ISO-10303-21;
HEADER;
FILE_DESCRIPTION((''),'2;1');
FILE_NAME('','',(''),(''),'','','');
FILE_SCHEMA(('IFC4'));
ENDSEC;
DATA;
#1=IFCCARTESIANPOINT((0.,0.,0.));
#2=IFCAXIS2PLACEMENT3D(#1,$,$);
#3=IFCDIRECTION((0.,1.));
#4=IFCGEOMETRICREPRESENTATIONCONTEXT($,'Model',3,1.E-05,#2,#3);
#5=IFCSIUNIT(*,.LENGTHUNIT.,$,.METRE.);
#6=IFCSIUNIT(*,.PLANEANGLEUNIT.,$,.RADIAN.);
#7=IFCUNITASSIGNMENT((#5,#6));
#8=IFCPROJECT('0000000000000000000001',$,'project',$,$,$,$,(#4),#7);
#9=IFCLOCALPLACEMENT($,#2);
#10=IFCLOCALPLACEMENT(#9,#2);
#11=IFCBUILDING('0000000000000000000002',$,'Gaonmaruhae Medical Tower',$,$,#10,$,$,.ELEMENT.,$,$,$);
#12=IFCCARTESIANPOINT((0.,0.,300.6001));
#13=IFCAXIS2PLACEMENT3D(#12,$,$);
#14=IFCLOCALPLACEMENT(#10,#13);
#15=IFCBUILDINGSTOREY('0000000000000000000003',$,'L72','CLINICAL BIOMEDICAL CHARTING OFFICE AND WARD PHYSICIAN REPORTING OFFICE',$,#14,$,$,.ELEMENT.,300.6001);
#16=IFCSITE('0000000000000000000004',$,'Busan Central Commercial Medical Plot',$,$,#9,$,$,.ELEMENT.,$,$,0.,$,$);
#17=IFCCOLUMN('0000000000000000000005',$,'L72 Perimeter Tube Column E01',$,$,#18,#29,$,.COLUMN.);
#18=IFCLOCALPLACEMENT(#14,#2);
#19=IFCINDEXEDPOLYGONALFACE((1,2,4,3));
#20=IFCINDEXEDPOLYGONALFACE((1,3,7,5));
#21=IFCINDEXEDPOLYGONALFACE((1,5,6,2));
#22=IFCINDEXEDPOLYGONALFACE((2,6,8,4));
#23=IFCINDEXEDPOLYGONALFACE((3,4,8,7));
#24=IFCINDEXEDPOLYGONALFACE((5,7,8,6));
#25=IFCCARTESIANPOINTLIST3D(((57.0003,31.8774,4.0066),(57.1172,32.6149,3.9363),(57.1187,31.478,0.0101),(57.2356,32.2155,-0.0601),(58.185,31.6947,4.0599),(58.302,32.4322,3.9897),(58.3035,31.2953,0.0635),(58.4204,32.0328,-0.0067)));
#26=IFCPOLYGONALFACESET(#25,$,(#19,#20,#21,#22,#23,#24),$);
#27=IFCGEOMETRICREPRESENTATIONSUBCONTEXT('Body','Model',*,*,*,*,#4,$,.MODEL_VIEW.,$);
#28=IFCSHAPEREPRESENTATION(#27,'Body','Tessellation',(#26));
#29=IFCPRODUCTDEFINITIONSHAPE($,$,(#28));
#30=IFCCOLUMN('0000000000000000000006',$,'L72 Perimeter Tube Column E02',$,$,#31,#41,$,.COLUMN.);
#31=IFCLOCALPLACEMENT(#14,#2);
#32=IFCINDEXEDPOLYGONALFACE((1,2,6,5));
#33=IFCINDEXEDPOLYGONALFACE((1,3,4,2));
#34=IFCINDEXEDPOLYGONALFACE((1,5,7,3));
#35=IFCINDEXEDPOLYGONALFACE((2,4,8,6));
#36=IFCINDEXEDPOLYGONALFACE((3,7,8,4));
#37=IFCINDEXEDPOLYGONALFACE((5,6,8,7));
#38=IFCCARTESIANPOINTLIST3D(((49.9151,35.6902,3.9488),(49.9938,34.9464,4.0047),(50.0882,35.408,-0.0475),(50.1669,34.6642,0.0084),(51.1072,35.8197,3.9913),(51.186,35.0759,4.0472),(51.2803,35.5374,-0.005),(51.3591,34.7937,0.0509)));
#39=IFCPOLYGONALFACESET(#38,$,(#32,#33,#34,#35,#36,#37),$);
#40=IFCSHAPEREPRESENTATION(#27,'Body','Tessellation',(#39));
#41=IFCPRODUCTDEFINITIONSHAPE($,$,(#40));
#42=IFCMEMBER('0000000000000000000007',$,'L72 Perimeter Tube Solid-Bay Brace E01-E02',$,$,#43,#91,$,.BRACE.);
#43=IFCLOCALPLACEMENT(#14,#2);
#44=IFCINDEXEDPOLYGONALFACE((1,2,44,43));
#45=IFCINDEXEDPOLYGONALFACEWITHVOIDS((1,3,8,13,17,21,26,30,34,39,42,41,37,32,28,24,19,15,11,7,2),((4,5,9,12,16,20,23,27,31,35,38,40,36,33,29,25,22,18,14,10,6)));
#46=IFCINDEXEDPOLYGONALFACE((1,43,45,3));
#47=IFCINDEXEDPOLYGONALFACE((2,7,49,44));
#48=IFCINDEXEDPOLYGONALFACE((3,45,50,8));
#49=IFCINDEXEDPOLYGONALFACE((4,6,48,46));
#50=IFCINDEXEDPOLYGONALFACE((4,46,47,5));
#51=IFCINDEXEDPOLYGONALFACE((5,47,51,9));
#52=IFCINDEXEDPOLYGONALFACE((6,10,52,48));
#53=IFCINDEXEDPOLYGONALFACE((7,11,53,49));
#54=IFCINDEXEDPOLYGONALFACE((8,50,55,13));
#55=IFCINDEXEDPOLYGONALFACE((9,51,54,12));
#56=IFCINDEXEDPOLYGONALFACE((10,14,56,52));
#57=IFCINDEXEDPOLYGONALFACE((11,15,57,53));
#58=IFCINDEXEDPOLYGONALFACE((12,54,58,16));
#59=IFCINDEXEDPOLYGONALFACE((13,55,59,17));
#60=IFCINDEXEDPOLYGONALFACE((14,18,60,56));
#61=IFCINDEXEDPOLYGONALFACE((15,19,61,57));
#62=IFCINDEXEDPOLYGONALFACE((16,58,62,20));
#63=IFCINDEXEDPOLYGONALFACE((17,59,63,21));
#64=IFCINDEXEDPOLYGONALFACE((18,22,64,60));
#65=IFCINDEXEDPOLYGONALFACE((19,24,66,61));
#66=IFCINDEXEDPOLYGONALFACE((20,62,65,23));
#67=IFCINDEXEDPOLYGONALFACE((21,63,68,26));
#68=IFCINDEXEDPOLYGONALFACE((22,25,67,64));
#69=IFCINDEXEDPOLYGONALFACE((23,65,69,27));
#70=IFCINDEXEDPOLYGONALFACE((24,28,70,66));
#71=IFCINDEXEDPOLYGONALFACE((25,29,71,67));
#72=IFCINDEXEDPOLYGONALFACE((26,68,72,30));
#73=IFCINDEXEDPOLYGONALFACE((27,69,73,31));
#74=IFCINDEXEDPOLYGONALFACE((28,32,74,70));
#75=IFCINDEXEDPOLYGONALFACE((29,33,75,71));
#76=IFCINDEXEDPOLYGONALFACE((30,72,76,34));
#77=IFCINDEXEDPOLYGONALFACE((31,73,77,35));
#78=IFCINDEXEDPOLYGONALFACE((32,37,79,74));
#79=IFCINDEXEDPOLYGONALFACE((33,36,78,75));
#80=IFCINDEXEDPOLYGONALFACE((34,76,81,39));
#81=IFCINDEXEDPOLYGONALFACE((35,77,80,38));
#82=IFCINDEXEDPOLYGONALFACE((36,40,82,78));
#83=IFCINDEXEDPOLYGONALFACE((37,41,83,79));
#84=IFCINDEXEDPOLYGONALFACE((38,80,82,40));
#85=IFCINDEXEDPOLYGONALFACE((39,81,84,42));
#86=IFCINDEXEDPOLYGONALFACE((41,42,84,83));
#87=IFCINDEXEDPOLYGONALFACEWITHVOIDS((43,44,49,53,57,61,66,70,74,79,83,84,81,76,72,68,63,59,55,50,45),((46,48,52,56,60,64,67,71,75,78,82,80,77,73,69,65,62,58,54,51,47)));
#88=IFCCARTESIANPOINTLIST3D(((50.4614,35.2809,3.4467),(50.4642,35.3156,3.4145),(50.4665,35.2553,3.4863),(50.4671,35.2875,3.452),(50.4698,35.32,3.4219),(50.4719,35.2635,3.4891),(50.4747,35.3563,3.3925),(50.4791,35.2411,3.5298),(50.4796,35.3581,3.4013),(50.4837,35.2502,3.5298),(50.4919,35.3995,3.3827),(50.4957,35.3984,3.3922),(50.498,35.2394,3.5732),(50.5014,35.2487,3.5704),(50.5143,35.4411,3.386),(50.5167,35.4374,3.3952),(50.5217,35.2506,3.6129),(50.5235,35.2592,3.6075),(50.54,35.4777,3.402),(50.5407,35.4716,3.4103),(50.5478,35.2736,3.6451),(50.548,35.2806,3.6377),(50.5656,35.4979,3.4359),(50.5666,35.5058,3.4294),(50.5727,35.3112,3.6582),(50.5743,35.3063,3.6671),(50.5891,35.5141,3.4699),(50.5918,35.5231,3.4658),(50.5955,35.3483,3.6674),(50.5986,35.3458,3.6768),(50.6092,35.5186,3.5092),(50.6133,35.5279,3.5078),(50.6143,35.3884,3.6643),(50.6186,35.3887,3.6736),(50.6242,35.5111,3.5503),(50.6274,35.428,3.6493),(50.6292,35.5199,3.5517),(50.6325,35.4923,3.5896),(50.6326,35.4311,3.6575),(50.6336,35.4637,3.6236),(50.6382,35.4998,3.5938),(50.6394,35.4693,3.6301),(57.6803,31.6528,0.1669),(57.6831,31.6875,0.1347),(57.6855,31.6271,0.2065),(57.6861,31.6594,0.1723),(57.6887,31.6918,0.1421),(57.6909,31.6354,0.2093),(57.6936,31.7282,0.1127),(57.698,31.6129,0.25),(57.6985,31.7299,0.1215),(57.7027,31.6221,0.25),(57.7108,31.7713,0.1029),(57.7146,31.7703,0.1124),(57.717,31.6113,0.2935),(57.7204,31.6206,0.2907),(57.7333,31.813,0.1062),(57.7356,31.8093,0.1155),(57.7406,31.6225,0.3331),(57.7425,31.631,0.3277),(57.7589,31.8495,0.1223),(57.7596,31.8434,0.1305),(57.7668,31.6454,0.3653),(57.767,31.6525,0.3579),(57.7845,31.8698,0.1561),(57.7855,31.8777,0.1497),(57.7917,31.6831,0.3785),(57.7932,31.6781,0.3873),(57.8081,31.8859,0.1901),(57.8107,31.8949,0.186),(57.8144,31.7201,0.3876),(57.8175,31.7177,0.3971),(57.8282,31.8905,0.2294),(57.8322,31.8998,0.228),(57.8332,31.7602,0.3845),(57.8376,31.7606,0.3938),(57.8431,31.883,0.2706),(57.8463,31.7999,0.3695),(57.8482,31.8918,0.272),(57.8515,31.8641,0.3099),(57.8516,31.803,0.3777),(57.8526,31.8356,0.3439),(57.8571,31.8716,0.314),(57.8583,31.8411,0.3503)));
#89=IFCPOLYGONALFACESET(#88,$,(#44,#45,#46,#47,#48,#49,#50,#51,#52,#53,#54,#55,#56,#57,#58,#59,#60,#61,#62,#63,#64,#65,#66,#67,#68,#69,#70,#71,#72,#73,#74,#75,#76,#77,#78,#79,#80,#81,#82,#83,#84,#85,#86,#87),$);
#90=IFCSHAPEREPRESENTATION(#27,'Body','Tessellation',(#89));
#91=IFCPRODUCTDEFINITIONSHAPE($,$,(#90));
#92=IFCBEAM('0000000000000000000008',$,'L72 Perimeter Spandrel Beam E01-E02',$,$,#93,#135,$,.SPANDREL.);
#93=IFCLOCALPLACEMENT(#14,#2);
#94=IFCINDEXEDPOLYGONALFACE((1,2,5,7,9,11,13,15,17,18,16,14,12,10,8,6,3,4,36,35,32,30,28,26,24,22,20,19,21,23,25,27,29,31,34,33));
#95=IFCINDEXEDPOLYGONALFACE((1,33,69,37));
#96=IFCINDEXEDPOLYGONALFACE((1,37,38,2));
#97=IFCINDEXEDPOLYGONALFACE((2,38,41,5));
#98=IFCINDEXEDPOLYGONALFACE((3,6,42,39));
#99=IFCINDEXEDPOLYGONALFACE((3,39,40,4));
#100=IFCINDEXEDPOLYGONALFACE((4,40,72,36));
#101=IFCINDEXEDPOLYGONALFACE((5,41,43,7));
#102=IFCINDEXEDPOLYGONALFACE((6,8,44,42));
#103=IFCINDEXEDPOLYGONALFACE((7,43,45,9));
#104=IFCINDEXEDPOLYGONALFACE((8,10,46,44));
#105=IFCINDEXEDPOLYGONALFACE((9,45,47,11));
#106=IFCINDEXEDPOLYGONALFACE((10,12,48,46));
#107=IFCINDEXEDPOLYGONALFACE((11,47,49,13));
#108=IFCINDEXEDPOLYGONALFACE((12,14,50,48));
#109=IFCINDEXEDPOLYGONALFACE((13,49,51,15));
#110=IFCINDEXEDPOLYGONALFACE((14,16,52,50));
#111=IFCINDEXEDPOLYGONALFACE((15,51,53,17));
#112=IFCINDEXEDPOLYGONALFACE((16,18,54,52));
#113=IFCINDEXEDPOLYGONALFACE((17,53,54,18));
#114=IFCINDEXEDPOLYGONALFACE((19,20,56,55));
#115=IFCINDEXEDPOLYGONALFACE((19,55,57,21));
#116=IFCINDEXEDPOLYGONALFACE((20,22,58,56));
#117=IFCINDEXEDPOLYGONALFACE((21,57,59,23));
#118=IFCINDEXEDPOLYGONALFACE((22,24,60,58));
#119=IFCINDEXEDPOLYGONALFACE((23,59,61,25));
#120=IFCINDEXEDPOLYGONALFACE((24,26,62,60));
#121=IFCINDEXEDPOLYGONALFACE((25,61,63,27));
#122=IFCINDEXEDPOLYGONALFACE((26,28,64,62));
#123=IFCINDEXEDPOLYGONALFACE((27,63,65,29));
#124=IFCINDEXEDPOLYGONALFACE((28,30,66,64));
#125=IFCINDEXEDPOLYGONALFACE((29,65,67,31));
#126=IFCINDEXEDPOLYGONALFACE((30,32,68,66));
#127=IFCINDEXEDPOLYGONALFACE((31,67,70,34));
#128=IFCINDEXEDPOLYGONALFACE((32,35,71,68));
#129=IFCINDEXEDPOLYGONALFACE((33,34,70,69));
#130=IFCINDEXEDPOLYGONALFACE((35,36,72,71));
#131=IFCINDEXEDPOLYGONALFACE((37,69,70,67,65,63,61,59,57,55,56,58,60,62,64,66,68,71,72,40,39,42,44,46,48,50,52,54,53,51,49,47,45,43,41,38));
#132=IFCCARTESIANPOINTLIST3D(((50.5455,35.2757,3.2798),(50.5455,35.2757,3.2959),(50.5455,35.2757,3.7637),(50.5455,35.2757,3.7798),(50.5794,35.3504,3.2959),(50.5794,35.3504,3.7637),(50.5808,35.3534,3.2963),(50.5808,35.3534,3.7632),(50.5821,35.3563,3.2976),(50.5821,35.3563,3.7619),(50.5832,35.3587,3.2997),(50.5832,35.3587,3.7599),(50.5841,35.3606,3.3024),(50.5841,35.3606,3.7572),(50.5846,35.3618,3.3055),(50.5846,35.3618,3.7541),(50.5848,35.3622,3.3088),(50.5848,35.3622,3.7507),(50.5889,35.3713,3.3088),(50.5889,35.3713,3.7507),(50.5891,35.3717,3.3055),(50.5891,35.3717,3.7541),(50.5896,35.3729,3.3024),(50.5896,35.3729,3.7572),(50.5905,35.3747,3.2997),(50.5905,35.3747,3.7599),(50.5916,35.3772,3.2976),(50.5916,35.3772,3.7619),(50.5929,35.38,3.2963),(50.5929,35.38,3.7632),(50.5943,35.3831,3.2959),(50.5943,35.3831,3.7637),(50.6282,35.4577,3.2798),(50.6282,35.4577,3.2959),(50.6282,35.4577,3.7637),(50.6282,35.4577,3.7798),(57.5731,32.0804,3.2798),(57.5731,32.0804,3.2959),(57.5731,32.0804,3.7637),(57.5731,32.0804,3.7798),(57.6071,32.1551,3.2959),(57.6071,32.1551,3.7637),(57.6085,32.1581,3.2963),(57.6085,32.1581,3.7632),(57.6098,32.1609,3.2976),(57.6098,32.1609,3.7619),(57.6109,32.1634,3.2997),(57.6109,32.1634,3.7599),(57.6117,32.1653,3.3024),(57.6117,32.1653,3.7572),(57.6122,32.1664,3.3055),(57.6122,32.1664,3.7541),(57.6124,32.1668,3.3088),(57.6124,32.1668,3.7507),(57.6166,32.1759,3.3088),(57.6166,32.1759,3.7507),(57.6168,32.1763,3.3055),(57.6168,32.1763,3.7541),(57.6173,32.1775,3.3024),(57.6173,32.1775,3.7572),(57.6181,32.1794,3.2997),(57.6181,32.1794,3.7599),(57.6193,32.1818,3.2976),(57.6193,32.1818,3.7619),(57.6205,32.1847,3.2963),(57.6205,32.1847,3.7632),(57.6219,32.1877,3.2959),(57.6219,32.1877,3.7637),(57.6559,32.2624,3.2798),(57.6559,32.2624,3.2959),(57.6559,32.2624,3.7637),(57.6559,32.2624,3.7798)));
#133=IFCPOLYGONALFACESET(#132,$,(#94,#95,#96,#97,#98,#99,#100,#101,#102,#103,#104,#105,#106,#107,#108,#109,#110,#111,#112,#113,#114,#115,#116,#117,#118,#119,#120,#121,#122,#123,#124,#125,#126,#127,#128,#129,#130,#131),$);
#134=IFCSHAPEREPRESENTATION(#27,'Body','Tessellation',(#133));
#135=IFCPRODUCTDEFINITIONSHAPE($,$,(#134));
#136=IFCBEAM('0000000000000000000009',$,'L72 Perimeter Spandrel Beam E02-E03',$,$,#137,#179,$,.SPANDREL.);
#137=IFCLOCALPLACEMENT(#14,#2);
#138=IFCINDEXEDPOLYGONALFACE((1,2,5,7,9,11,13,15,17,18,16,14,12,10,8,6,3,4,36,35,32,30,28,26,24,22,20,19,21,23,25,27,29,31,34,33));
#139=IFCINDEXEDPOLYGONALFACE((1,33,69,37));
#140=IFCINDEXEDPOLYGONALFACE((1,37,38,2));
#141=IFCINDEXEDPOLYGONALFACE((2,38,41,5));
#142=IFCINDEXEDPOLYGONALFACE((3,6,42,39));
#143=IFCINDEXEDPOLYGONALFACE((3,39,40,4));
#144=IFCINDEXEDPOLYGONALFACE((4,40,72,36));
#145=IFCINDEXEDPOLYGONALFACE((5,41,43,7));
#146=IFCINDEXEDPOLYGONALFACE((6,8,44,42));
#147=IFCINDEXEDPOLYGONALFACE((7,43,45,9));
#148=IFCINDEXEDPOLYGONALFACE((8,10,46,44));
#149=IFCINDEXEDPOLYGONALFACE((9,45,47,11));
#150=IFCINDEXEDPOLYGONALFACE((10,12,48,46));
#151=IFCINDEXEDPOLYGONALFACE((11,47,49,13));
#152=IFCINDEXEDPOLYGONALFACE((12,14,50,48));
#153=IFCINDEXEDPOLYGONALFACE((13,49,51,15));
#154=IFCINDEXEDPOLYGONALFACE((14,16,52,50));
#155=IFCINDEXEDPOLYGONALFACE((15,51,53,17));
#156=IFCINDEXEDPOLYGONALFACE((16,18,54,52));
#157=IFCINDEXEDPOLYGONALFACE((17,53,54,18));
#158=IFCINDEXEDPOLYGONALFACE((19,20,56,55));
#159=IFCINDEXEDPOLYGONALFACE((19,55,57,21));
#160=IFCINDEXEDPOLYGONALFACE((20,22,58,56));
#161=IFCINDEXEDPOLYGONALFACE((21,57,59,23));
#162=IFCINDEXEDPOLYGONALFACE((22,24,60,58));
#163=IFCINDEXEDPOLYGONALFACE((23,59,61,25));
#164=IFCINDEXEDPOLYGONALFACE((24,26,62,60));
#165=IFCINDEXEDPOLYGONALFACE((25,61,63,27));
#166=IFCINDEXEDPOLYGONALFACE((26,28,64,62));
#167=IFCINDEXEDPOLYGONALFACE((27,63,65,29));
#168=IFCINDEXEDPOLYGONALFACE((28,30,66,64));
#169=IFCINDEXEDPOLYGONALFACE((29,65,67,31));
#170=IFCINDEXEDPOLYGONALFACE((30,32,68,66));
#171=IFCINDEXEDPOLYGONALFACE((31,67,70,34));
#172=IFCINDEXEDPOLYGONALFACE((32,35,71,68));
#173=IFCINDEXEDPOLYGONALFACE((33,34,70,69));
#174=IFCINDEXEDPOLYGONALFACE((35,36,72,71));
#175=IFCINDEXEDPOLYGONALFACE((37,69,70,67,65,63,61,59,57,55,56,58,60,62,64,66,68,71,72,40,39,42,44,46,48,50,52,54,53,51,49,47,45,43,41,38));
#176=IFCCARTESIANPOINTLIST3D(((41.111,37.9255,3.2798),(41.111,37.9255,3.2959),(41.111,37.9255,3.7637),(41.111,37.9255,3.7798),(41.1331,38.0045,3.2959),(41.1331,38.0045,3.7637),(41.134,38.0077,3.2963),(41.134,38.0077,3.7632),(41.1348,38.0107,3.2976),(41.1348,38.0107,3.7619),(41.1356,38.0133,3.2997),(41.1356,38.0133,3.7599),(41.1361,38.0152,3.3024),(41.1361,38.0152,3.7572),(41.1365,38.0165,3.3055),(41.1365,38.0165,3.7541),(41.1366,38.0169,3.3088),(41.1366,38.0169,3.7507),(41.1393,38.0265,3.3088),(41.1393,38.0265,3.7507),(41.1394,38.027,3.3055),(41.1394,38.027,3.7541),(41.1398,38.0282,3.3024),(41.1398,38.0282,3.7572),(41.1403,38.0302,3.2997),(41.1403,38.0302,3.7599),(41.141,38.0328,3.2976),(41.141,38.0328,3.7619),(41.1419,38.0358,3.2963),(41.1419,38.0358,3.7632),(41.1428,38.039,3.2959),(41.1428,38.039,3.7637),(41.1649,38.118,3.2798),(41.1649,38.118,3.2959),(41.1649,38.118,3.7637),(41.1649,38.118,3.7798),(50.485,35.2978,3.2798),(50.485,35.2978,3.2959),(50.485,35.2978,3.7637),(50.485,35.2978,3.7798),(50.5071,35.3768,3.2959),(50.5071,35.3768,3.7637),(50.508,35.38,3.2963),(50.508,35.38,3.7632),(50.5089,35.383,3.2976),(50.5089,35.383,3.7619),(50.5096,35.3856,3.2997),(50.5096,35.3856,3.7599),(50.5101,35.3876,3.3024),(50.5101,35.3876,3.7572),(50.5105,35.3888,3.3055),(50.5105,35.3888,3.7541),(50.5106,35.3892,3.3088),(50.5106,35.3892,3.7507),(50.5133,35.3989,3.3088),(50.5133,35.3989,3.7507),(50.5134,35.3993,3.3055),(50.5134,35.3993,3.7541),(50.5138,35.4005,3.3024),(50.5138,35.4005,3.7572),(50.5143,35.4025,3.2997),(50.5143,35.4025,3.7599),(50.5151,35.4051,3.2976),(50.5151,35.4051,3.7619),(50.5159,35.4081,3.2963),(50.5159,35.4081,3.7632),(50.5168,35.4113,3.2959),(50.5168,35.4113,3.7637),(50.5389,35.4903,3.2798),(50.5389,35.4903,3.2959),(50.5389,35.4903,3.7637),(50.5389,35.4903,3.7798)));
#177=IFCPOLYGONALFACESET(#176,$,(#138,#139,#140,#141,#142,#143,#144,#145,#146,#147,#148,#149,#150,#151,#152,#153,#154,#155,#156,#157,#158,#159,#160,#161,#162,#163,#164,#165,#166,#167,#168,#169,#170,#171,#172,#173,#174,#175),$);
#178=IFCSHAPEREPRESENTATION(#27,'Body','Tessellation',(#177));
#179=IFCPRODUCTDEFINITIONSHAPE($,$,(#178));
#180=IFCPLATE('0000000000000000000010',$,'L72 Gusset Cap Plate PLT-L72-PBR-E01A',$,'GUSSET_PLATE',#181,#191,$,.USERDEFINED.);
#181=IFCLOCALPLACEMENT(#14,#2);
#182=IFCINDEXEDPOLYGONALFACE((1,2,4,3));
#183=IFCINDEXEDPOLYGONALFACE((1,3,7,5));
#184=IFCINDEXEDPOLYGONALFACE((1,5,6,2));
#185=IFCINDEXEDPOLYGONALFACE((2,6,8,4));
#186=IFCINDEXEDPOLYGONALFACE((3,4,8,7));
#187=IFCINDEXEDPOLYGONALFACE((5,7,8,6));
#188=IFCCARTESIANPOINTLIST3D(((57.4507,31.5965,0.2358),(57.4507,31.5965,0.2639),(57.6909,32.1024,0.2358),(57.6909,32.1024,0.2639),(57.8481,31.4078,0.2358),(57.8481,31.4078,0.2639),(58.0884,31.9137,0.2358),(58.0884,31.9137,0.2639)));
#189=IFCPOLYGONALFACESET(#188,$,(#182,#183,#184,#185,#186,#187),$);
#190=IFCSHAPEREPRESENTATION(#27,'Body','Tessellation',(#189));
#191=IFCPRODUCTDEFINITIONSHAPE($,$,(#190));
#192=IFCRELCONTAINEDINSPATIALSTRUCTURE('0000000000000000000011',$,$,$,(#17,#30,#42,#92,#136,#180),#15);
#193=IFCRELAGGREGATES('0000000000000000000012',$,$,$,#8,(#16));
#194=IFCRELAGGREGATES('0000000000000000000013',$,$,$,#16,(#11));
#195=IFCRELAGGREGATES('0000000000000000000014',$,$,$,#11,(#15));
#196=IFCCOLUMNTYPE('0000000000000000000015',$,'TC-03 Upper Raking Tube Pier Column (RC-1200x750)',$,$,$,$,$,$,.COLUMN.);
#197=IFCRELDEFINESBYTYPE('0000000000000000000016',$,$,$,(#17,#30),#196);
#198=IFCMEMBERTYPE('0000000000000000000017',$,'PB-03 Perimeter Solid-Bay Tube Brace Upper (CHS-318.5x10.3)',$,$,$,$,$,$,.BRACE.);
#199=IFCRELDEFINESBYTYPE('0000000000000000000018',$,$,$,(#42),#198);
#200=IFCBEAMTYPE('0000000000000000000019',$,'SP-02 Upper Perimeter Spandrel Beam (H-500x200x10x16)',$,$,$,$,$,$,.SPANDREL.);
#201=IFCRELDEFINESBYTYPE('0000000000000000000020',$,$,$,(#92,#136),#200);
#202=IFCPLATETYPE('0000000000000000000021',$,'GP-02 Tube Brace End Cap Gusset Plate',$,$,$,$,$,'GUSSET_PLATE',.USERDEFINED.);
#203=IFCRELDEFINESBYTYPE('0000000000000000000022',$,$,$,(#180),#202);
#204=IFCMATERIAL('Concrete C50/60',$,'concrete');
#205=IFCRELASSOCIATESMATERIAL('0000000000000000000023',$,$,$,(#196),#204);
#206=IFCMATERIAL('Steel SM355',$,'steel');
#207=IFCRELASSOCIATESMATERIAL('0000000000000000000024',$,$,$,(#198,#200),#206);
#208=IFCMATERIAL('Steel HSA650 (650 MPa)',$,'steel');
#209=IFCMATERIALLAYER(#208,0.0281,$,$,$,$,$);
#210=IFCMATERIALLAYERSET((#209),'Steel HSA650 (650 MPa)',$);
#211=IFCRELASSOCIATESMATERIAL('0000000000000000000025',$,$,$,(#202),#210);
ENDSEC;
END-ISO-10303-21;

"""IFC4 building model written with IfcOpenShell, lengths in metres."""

from ifc_helpers import new_model, si_unit, direction, frame, origin, origin_2d, place, context, subcontext, project, spatial, rectangle, hollow_circle, i_section, extrude, material, layer, layer_set, material_profile, profile_set, type_object, element, save


model = new_model("IFC4")

# Units and contexts
model_context = context("Model", 3, precision=1e-05, world=origin(), true_north=direction((0.0, 1.0)))
body_context = subcontext(model_context, "Body", "Model", "MODEL_VIEW")
ifc_project = project(units=[si_unit("LENGTHUNIT", "METRE"), si_unit("PLANEANGLEUNIT", "RADIAN")], contexts=[model_context])

# Site, building, storey
site_placement = place(None, origin())
site = spatial("IfcSite", under=ifc_project, at=site_placement, Name="Busan Central Commercial Medical Plot", CompositionType="ELEMENT", RefElevation=0.0)
building_placement = place(site_placement, origin())
building = spatial("IfcBuilding", under=site, at=building_placement, Name="Gaonmaruhae Medical Tower", CompositionType="ELEMENT")
storey_placement = place(building_placement, frame((0.0, 0.0, 300.6001)))
storey = spatial("IfcBuildingStorey", under=building, at=storey_placement, Name="L72", Description="CLINICAL BIOMEDICAL CHARTING OFFICE AND WARD PHYSICIAN REPORTING OFFICE", CompositionType="ELEMENT", Elevation=300.6001)

# Columns
ifc_material_1 = material(Name="Concrete C50/60", Category="concrete")
ifc_material_profile_1 = material_profile(ifc_material_1, rectangle(XDim=1.2, YDim=0.75, at=origin_2d()), Name="RC-1200x750")
ifc_profile_set_1 = profile_set([ifc_material_profile_1], Name="Concrete C50/60")
column_type = type_object("IfcColumnType", Name="TC-03 Upper Raking Tube Pier Column (RC-1200x750)", PredefinedType="COLUMN", material=ifc_profile_set_1)
column_1_placement = place(storey_placement, frame((57.7695, 31.7554, 0.0017), z_axis=(-0.029469, 0.099406, 0.99461), x_axis=(0.987337, -0.152275, 0.044473)))
element("IfcColumn", 1, at=column_1_placement, inside=storey, type_object=column_type, Name="L72 Perimeter Tube Column E01", PredefinedType="COLUMN", context=body_context, shape_type="SweptSolid", body=[
    extrude(rectangle(XDim=1.2, YDim=0.75, at=origin_2d()), origin(), (0.0, 0.0, 1.0), 4.0181),
])
column_2_placement = place(storey_placement, frame((50.7236, 35.1008, 0.0017), z_axis=(-0.043166, 0.07038, 0.996586), x_axis=(0.993532, 0.107889, 0.035414)))
element("IfcColumn", 2, at=column_2_placement, inside=storey, type_object=column_type, Name="L72 Perimeter Tube Column E02", PredefinedType="COLUMN", context=body_context, shape_type="SweptSolid", body=[
    extrude(rectangle(XDim=1.2, YDim=0.75, at=origin_2d()), origin(), (0.0, 0.0, 1.0), 4.01),
])

# Member
ifc_material_2 = material(Name="Steel SM355", Category="steel")
ifc_material_profile_2 = material_profile(ifc_material_2, hollow_circle(Radius=0.1592, WallThickness=0.0103, at=origin_2d()), Name="CHS-318.5x10.3")
ifc_profile_set_2 = profile_set([ifc_material_profile_2], Name="Steel SM355")
member_type = type_object("IfcMemberType", Name="PB-03 Perimeter Solid-Bay Tube Brace Upper (CHS-318.5x10.3)", PredefinedType="BRACE", material=ifc_profile_set_2)
member_placement = place(storey_placement, frame((57.7695, 31.7551, 0.25), z_axis=(-0.827887, 0.416086, 0.376132), x_axis=(-0.449062, -0.893501, 0.0)))
element("IfcMember", 3, at=member_placement, inside=storey, type_object=member_type, Name="L72 Perimeter Tube Solid-Bay Brace E01-E02", PredefinedType="BRACE", context=body_context, shape_type="SweptSolid", body=[
    extrude(hollow_circle(Radius=0.1592, WallThickness=0.0103, at=origin_2d()), origin(), (0.0, 0.0, 1.0), 8.7197),
])

# Beams
ifc_material_profile_3 = material_profile(ifc_material_2, i_section(OverallWidth=0.2, OverallDepth=0.5, WebThickness=0.01, FlangeThickness=0.0161, FilletRadius=0.0129, at=origin_2d()), Name="H-500x200x10x16")
ifc_profile_set_3 = profile_set([ifc_material_profile_3], Name="Steel SM355")
beam_type = type_object("IfcBeamType", Name="SP-02 Upper Perimeter Spandrel Beam (H-500x200x10x16)", PredefinedType="SPANDREL", material=ifc_profile_set_3)
beam_1_placement = place(storey_placement, frame((57.6145, 32.1714, 3.5298), z_axis=(-0.91032, 0.413905, 0.0), x_axis=(-0.413905, -0.91032, 0.0)))
element("IfcBeam", 4, at=beam_1_placement, inside=storey, type_object=beam_type, Name="L72 Perimeter Spandrel Beam E01-E02", PredefinedType="SPANDREL", context=body_context, shape_type="SweptSolid", body=[
    extrude(i_section(OverallWidth=0.2, OverallDepth=0.5, WebThickness=0.01, FlangeThickness=0.0161, FilletRadius=0.0129, at=origin_2d()), origin(), (0.0, 0.0, 1.0), 7.72),
])
beam_2_placement = place(storey_placement, frame((50.512, 35.394, 3.5298), z_axis=(-0.962885, 0.269912, 0.0), x_axis=(-0.269912, -0.962885, 0.0)))
element("IfcBeam", 5, at=beam_2_placement, inside=storey, type_object=beam_type, Name="L72 Perimeter Spandrel Beam E02-E03", PredefinedType="SPANDREL", context=body_context, shape_type="SweptSolid", body=[
    extrude(i_section(OverallWidth=0.2, OverallDepth=0.5, WebThickness=0.01, FlangeThickness=0.0161, FilletRadius=0.0129, at=origin_2d()), origin(), (0.0, 0.0, 1.0), 9.7354),
])

# Plate
ifc_material_3 = material(Name="Steel HSA650 (650 MPa)", Category="steel")
ifc_layer_1 = layer(ifc_material_3, 0.0281)
ifc_layer_set_1 = layer_set([ifc_layer_1], Name="Steel HSA650 (650 MPa)")
plate_type_1 = type_object("IfcPlateType", Name="GP-02 Tube Brace End Cap Gusset Plate", ElementType="GUSSET_PLATE", PredefinedType="USERDEFINED", material=ifc_layer_set_1)
for number, where, z_axis, x_axis, name in (
    (6, (57.7695, 31.7551, 0.2358), (0.0, 0.0, 1.0), (0.428935, 0.903335, 0.0), "L72 Gusset Cap Plate PLT-L72-PBR-E01A"),
):
    element("IfcPlate", number, at=place(storey_placement, frame(where, z_axis=z_axis, x_axis=x_axis)), inside=storey, type_object=plate_type_1, Name=name, ObjectType="GUSSET_PLATE", PredefinedType="USERDEFINED", context=body_context, shape_type="SweptSolid", body=[
        extrude(rectangle(XDim=0.5601, YDim=0.4399, at=origin_2d()), origin(), (0.0, 0.0, 1.0), 0.0281),
    ])

save(model, "model.ifc")
